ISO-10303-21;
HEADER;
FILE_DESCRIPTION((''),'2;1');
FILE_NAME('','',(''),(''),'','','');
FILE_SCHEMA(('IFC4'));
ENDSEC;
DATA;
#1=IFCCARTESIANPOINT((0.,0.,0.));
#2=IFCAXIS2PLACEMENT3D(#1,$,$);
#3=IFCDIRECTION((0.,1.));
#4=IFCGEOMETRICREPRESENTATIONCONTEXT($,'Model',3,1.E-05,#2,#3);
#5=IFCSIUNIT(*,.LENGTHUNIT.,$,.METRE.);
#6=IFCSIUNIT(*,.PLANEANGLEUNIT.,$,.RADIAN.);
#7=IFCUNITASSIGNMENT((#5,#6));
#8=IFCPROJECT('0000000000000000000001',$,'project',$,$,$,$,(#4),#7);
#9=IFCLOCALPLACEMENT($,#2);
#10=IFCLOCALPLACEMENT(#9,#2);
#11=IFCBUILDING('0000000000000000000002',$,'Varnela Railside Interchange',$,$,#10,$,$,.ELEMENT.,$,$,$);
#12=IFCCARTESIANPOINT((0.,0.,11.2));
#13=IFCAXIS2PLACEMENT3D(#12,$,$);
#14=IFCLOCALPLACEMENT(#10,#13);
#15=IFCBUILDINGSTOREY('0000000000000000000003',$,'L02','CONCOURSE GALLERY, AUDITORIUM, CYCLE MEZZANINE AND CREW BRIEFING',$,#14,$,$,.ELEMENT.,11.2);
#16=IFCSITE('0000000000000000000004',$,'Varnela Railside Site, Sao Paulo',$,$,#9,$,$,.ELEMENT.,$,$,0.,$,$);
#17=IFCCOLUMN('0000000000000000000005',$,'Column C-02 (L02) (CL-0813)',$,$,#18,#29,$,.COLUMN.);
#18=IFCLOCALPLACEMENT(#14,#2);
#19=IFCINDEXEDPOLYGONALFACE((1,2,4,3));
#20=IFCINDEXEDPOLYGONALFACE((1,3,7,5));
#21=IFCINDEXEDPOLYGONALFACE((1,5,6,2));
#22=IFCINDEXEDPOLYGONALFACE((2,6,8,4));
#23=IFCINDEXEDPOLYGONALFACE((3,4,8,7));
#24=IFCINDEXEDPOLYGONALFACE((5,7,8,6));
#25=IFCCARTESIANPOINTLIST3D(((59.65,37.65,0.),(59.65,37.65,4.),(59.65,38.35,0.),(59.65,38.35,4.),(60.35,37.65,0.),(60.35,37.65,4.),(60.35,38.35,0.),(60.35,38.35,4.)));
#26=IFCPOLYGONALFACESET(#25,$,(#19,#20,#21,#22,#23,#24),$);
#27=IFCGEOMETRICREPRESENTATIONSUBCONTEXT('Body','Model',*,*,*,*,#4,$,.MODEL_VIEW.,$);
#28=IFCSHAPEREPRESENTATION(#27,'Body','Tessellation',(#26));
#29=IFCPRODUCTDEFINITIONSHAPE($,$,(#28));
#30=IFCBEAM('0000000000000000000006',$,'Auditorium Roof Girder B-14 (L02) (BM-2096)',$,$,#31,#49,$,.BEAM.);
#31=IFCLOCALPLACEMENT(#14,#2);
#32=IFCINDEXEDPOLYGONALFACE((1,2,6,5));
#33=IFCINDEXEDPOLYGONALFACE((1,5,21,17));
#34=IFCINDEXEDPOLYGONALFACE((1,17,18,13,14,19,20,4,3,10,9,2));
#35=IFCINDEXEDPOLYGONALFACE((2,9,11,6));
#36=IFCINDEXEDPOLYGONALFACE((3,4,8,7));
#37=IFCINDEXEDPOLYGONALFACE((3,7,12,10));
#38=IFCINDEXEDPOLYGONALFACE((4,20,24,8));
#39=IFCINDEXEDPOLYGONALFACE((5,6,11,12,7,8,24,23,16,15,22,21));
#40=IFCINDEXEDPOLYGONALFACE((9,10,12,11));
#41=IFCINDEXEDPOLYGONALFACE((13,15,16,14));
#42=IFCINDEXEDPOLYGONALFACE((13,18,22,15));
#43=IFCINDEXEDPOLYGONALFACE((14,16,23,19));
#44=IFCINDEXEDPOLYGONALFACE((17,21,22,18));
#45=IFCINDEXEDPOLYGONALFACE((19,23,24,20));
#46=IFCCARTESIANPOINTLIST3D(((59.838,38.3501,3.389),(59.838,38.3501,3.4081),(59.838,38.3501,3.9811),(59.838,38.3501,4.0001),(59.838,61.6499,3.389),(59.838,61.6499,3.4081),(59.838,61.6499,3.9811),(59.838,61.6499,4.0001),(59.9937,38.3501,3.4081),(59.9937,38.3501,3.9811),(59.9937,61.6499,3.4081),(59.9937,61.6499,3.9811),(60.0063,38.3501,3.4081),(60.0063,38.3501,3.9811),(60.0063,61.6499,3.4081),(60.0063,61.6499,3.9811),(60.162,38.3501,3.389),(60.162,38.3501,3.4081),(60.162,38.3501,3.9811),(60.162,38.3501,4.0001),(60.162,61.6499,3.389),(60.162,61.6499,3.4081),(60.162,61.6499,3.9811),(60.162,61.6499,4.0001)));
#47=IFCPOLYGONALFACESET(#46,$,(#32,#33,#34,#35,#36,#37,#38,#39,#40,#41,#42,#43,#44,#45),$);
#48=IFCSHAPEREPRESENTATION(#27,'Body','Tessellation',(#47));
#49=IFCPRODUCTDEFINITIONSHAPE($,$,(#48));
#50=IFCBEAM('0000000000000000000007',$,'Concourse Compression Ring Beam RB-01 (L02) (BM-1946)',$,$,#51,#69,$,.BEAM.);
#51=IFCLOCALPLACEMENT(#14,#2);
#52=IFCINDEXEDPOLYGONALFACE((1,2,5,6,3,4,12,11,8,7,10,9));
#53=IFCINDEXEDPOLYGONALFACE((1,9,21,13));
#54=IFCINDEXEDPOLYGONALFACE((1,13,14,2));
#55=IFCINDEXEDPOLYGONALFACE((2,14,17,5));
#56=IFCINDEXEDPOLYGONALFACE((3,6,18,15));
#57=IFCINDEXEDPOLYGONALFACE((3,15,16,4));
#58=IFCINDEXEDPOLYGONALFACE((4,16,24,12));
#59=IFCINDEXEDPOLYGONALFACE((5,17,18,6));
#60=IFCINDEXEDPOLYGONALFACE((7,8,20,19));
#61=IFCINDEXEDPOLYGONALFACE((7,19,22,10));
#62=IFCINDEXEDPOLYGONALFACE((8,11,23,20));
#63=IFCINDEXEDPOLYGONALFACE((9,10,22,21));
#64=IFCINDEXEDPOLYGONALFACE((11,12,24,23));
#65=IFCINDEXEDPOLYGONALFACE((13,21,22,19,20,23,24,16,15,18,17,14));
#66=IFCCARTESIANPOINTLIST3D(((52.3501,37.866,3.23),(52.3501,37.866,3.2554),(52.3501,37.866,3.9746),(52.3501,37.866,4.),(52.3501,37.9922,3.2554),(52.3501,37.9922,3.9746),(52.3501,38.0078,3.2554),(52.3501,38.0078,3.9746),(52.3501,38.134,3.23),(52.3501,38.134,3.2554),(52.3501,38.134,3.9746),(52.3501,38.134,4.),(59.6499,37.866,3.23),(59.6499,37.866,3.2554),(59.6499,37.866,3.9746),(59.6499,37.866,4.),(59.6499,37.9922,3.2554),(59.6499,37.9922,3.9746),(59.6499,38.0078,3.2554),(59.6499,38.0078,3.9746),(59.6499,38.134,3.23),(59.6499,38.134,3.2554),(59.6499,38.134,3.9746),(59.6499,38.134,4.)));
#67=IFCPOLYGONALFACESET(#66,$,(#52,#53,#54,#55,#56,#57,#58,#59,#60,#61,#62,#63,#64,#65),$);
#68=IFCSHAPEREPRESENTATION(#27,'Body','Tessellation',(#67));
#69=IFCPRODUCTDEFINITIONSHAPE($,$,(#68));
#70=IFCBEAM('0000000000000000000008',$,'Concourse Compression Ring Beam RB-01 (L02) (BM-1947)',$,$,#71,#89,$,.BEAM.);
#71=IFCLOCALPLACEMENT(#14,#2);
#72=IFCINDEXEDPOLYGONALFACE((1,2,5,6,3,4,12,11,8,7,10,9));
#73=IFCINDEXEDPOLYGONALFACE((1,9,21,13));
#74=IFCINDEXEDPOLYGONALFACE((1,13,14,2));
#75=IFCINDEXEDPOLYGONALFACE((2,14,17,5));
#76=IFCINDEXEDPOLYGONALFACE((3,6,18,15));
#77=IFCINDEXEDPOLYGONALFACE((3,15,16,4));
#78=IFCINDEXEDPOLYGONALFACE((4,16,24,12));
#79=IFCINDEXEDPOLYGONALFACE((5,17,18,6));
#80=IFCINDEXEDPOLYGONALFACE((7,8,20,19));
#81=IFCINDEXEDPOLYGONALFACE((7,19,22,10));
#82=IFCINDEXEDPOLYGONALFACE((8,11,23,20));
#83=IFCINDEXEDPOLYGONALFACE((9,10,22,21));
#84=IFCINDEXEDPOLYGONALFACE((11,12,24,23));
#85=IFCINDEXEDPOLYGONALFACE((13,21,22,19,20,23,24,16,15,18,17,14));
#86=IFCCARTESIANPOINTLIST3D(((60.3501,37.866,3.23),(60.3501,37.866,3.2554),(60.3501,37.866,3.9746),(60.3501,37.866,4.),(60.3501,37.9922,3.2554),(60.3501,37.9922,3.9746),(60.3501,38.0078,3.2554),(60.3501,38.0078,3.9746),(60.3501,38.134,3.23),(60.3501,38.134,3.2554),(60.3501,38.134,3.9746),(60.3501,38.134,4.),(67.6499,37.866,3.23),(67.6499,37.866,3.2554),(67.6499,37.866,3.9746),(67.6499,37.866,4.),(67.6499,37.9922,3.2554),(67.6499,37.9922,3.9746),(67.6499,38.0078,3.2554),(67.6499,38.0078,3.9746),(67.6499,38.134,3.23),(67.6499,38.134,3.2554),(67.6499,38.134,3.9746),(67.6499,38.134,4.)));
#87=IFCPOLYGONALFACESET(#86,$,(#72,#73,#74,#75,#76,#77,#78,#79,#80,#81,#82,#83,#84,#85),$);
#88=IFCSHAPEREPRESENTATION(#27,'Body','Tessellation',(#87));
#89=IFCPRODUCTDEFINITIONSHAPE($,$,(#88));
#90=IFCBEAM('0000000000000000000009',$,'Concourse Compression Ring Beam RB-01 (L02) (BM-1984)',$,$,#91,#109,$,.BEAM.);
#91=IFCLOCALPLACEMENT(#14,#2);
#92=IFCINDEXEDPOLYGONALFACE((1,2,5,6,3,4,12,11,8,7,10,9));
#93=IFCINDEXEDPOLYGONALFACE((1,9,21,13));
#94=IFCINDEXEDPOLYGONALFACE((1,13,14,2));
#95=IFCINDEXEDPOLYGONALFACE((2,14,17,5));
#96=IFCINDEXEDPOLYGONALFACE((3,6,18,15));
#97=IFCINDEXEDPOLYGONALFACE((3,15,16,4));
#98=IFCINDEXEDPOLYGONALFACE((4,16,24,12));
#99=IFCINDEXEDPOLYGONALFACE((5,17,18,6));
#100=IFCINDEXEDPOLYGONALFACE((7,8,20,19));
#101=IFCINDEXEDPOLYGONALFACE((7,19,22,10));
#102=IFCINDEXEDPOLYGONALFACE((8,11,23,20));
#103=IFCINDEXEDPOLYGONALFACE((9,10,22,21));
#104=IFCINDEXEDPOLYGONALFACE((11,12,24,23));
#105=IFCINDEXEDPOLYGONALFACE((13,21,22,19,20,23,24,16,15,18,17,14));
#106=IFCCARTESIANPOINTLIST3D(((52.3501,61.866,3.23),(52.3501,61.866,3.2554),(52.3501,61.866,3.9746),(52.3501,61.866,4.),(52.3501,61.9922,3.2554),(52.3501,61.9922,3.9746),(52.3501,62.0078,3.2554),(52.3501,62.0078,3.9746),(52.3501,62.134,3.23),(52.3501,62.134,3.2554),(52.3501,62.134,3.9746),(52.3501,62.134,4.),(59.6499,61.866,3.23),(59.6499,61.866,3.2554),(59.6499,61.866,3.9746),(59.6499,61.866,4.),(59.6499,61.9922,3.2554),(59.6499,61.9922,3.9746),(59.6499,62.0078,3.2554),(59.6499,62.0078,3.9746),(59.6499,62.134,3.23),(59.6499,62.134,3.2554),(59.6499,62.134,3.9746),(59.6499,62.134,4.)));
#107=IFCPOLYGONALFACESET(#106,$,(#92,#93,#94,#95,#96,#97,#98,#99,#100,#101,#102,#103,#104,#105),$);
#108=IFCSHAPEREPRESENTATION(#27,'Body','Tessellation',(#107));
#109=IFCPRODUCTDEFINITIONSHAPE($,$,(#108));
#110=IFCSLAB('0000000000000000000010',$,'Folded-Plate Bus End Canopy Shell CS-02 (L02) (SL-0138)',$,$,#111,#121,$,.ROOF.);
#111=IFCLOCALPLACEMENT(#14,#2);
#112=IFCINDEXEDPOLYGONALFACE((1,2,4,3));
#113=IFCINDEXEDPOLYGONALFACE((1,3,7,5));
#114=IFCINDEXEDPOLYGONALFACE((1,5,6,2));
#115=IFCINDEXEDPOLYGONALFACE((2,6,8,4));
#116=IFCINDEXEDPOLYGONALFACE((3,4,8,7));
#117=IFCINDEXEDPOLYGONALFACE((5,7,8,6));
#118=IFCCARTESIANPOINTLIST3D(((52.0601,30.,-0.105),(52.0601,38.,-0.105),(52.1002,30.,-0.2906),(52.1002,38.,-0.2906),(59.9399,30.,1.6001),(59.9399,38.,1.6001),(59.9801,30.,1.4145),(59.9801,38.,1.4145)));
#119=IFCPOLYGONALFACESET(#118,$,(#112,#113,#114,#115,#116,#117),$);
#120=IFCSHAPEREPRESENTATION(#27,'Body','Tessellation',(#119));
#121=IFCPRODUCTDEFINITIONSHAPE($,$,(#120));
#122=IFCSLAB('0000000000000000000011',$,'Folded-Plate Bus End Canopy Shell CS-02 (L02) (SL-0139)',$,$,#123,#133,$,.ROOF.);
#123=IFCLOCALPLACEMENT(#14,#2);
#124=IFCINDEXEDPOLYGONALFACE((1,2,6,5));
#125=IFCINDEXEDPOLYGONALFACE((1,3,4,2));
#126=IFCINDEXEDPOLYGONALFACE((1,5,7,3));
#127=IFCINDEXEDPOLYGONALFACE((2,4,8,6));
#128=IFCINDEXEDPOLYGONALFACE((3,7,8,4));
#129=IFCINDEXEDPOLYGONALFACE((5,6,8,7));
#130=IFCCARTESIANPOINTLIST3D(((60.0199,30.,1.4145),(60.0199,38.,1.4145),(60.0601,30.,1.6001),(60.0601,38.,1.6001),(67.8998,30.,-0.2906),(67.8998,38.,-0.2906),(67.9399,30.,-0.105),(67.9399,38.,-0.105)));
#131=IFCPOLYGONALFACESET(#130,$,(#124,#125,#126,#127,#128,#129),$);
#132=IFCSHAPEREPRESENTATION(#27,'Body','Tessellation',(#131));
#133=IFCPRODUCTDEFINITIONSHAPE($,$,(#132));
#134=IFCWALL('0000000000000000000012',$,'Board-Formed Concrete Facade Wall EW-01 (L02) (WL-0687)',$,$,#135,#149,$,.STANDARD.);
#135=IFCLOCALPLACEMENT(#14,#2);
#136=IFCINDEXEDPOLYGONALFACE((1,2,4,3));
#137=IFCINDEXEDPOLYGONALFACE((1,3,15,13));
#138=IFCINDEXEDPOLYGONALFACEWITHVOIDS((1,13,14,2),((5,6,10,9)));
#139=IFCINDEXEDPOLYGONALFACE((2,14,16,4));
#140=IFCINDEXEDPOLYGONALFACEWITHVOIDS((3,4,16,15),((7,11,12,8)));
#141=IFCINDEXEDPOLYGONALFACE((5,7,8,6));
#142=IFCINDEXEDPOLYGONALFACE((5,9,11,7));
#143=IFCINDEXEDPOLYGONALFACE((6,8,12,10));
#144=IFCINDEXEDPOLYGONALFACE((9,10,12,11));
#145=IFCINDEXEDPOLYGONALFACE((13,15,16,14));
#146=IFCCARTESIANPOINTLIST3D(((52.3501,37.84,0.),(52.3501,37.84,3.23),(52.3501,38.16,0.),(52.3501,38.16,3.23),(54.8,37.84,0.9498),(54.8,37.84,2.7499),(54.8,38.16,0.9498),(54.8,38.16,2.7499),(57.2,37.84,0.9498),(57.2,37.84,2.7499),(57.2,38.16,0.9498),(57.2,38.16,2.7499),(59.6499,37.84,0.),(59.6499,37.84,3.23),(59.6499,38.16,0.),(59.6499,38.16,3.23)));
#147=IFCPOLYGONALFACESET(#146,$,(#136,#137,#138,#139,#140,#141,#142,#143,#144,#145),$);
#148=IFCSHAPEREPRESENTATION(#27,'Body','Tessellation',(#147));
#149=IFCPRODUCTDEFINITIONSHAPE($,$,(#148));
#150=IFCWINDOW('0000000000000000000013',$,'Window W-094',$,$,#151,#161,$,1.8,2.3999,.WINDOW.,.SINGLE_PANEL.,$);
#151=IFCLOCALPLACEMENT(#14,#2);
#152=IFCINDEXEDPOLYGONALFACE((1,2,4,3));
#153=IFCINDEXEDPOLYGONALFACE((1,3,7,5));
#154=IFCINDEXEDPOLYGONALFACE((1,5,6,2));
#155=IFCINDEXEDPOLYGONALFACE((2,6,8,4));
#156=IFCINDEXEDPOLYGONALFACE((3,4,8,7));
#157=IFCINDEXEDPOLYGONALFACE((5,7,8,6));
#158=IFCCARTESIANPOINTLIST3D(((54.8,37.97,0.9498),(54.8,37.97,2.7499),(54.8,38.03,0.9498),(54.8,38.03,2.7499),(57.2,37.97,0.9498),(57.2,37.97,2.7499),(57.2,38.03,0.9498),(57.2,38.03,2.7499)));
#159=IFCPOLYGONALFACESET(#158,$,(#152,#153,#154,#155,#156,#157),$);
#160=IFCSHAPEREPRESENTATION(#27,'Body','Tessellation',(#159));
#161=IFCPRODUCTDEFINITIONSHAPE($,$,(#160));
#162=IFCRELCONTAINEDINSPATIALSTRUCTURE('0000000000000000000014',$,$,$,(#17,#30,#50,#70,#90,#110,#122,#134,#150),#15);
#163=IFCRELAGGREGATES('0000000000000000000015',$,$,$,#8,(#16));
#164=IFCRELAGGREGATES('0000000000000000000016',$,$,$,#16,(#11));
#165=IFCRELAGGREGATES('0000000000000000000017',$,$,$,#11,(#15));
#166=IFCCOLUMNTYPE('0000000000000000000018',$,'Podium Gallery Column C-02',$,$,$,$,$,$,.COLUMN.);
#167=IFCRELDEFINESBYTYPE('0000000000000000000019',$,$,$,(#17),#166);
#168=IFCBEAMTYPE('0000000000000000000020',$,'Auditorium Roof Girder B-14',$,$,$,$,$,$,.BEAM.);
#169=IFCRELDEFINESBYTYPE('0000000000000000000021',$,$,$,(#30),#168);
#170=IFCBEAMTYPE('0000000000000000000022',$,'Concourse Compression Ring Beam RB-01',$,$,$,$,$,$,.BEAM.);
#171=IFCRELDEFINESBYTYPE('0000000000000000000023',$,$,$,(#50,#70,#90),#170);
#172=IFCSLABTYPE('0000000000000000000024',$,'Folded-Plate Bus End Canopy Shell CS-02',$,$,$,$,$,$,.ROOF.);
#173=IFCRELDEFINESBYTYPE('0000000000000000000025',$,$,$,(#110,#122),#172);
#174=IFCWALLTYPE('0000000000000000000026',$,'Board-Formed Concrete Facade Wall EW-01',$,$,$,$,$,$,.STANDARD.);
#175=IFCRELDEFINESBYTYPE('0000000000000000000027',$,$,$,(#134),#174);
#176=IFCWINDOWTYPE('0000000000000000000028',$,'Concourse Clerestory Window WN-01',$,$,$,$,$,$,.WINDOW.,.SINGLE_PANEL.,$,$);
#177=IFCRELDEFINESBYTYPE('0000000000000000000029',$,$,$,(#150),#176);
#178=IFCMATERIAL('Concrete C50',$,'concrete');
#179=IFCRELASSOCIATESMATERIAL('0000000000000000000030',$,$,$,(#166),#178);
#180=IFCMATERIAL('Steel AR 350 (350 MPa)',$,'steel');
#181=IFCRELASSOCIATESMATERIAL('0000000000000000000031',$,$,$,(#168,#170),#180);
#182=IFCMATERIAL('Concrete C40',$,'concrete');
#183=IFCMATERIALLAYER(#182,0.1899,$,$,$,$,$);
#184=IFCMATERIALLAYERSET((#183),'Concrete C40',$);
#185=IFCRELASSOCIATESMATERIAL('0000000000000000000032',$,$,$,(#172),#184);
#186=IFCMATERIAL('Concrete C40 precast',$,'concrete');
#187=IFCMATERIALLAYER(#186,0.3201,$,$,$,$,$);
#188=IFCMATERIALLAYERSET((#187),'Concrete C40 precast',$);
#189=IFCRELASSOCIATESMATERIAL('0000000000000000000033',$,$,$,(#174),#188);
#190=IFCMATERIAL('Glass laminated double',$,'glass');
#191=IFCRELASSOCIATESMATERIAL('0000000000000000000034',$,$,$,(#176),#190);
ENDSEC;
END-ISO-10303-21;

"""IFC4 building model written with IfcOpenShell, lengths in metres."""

from ifc_helpers import new_model, si_unit, direction, frame, frame_2d, origin, origin_2d, place, context, subcontext, project, spatial, polyline, rectangle, i_section, outline, extrude, material, layer, layer_set, material_profile, profile_set, type_object, element, fill, save


model = new_model("IFC4")

# Units and contexts
model_context = context("Model", 3, precision=1e-05, world=origin(), true_north=direction((0.0, 1.0)))
body_context = subcontext(model_context, "Body", "Model", "MODEL_VIEW")
ifc_project = project(units=[si_unit("LENGTHUNIT", "METRE"), si_unit("PLANEANGLEUNIT", "RADIAN")], contexts=[model_context])

# Site, building, storey
site_placement = place(None, origin())
site = spatial("IfcSite", under=ifc_project, at=site_placement, Name="Varnela Railside Site, Sao Paulo", CompositionType="ELEMENT", RefElevation=0.0)
building_placement = place(site_placement, origin())
building = spatial("IfcBuilding", under=site, at=building_placement, Name="Varnela Railside Interchange", CompositionType="ELEMENT")
storey_placement = place(building_placement, frame((0.0, 0.0, 11.2)))
storey = spatial("IfcBuildingStorey", under=building, at=storey_placement, Name="L02", Description="CONCOURSE GALLERY, AUDITORIUM, CYCLE MEZZANINE AND CREW BRIEFING", CompositionType="ELEMENT", Elevation=11.2)

# Column
ifc_material_1 = material(Name="Concrete C50", Category="concrete")
ifc_material_profile_1 = material_profile(ifc_material_1, rectangle(XDim=0.7, YDim=0.7, at=origin_2d()), Name="RC 700x700")
ifc_profile_set_1 = profile_set([ifc_material_profile_1], Name="Concrete C50")
column_type = type_object("IfcColumnType", Name="Podium Gallery Column C-02", PredefinedType="COLUMN", material=ifc_profile_set_1)
column_placement = place(storey_placement, frame((60.0, 38.0, 0.0), z_axis=(0.0, 0.0, 1.0), x_axis=(1.0, 0.0, 0.0)))
element("IfcColumn", 1, at=column_placement, inside=storey, type_object=column_type, Name="Column C-02 (L02) (CL-0813)", PredefinedType="COLUMN", context=body_context, shape_type="SweptSolid", body=[
    extrude(rectangle(XDim=0.7, YDim=0.7, at=origin_2d()), origin(), (0.0, 0.0, 1.0), 4.0),
])

# Beams
ifc_material_2 = material(Name="Steel AR 350 (350 MPa)", Category="steel")
ifc_material_profile_2 = material_profile(ifc_material_2, i_section(OverallWidth=0.324, OverallDepth=0.6111, WebThickness=0.0127, FlangeThickness=0.019, at=origin_2d()), Name="W610x155")
ifc_profile_set_2 = profile_set([ifc_material_profile_2], Name="Steel AR 350 (350 MPa)")
beam_type_1 = type_object("IfcBeamType", Name="Auditorium Roof Girder B-14", PredefinedType="BEAM", material=ifc_profile_set_2)
beam_placement = place(storey_placement, frame((60.0, 38.3501, 3.6946), z_axis=(0.0, 1.0, 0.0), x_axis=(-1.0, 0.0, 0.0)))
element("IfcBeam", 2, at=beam_placement, inside=storey, type_object=beam_type_1, Name="Auditorium Roof Girder B-14 (L02) (BM-2096)", PredefinedType="BEAM", context=body_context, shape_type="SweptSolid", body=[
    extrude(i_section(OverallWidth=0.324, OverallDepth=0.6111, WebThickness=0.0127, FlangeThickness=0.019, at=origin_2d()), origin(), (0.0, 0.0, 1.0), 23.2998),
])
ifc_material_profile_3 = material_profile(ifc_material_2, i_section(OverallWidth=0.2681, OverallDepth=0.77, WebThickness=0.0156, FlangeThickness=0.0254, at=origin_2d()), Name="W760x196")
ifc_profile_set_3 = profile_set([ifc_material_profile_3], Name="Steel AR 350 (350 MPa)")
beam_type_2 = type_object("IfcBeamType", Name="Concourse Compression Ring Beam RB-01", PredefinedType="BEAM", material=ifc_profile_set_3)
for number, where, z_axis, x_axis, name in (
    (3, (52.3501, 38.0, 3.615), (1.0, 0.0, 0.0), (0.0, 1.0, 0.0), "Concourse Compression Ring Beam RB-01 (L02) (BM-1946)"),
    (4, (60.3501, 38.0, 3.615), (1.0, 0.0, 0.0), (0.0, 1.0, 0.0), "Concourse Compression Ring Beam RB-01 (L02) (BM-1947)"),
    (5, (52.3501, 62.0, 3.615), (1.0, 0.0, 0.0), (0.0, 1.0, 0.0), "Concourse Compression Ring Beam RB-01 (L02) (BM-1984)"),
):
    element("IfcBeam", number, at=place(storey_placement, frame(where, z_axis=z_axis, x_axis=x_axis)), inside=storey, type_object=beam_type_2, Name=name, PredefinedType="BEAM", context=body_context, shape_type="SweptSolid", body=[
        extrude(i_section(OverallWidth=0.2681, OverallDepth=0.77, WebThickness=0.0156, FlangeThickness=0.0254, at=origin_2d()), origin(), (0.0, 0.0, 1.0), 7.2998),
    ])

# Slabs
ifc_material_3 = material(Name="Concrete C40", Category="concrete")
ifc_layer_1 = layer(ifc_material_3, 0.1899)
ifc_layer_set_1 = layer_set([ifc_layer_1], Name="Concrete C40")
slab_type = type_object("IfcSlabType", Name="Folded-Plate Bus End Canopy Shell CS-02", PredefinedType="ROOF", material=ifc_layer_set_1)
for number, where, z_axis, x_axis, name in (
    (6, (52.0601, 30.0, -0.105), (-0.211489, 0.0, 0.97738), (0.97738, 0.0, 0.211489), "Folded-Plate Bus End Canopy Shell CS-02 (L02) (SL-0138)"),
    (7, (60.0601, 30.0, 1.6001), (0.211489, 0.0, 0.97738), (0.97738, 0.0, -0.211489), "Folded-Plate Bus End Canopy Shell CS-02 (L02) (SL-0139)"),
):
    element("IfcSlab", number, at=place(storey_placement, frame(where, z_axis=z_axis, x_axis=x_axis)), inside=storey, type_object=slab_type, Name=name, PredefinedType="ROOF", context=body_context, shape_type="SweptSolid", body=[
        extrude(outline(polyline([(0.0, 0.0), (8.0622, 0.0), (8.0622, 8.0), (0.0, 8.0), (0.0, 0.0)])), origin(), (0.0, 0.0, -1.0), 0.1899),
    ])

# Wall, opening, window
ifc_material_4 = material(Name="Concrete C40 precast", Category="concrete")
ifc_layer_2 = layer(ifc_material_4, 0.3201)
ifc_layer_set_2 = layer_set([ifc_layer_2], Name="Concrete C40 precast")
wall_type_1 = type_object("IfcWallType", Name="Board-Formed Concrete Facade Wall EW-01", PredefinedType="STANDARD", material=ifc_layer_set_2)
wall_1_placement = place(storey_placement, frame((59.6499, 38.0, 0.0), z_axis=(0.0, 0.0, 1.0), x_axis=(-1.0, 0.0, 0.0)))
wall_1 = element("IfcWall", 8, at=wall_1_placement, inside=storey, type_object=wall_type_1, Name="Board-Formed Concrete Facade Wall EW-01 (L02) (WL-0687)", PredefinedType="STANDARD", context=body_context, shape_type="SweptSolid", body=[
    extrude(rectangle(XDim=7.2998, YDim=0.3201, at=frame_2d((3.6499, 0.0))), origin(), (0.0, 0.0, 1.0), 3.23),
])
opening_1_placement = place(wall_1_placement, frame((2.45, 0.0, 0.95)))
opening_1 = element("IfcOpeningElement", 9, at=opening_1_placement, cuts=wall_1, PredefinedType="OPENING", context=body_context, shape_type="SweptSolid", body=[
    extrude(rectangle(XDim=2.3999, YDim=1.8, at=frame_2d((1.2, 0.8999))), frame((0.0, 0.1699, 0.0), z_axis=(0.0, -1.0, 0.0), x_axis=(1.0, 0.0, 0.0)), (0.0, 0.0, 1.0), 0.3401),
])
ifc_material_5 = material(Name="Glass laminated double", Category="glass")
window_type = type_object("IfcWindowType", Name="Concourse Clerestory Window WN-01", PartitioningType="SINGLE_PANEL", PredefinedType="WINDOW", material=ifc_material_5)
window_placement = place(opening_1_placement, origin())
window = element("IfcWindow", 10, at=window_placement, inside=storey, type_object=window_type, Name="Window W-094", OverallHeight=1.8, OverallWidth=2.3999, PartitioningType="SINGLE_PANEL", PredefinedType="WINDOW", context=body_context, shape_type="SweptSolid", body=[
    extrude(rectangle(XDim=2.3999, YDim=1.8, at=frame_2d((1.2, 0.8999))), frame((0.0, 0.03, 0.0), z_axis=(0.0, -1.0, 0.0), x_axis=(1.0, 0.0, 0.0)), (0.0, 0.0, 1.0), 0.0601),
])
fill(opening_1, window)

save(model, "model.ifc")
